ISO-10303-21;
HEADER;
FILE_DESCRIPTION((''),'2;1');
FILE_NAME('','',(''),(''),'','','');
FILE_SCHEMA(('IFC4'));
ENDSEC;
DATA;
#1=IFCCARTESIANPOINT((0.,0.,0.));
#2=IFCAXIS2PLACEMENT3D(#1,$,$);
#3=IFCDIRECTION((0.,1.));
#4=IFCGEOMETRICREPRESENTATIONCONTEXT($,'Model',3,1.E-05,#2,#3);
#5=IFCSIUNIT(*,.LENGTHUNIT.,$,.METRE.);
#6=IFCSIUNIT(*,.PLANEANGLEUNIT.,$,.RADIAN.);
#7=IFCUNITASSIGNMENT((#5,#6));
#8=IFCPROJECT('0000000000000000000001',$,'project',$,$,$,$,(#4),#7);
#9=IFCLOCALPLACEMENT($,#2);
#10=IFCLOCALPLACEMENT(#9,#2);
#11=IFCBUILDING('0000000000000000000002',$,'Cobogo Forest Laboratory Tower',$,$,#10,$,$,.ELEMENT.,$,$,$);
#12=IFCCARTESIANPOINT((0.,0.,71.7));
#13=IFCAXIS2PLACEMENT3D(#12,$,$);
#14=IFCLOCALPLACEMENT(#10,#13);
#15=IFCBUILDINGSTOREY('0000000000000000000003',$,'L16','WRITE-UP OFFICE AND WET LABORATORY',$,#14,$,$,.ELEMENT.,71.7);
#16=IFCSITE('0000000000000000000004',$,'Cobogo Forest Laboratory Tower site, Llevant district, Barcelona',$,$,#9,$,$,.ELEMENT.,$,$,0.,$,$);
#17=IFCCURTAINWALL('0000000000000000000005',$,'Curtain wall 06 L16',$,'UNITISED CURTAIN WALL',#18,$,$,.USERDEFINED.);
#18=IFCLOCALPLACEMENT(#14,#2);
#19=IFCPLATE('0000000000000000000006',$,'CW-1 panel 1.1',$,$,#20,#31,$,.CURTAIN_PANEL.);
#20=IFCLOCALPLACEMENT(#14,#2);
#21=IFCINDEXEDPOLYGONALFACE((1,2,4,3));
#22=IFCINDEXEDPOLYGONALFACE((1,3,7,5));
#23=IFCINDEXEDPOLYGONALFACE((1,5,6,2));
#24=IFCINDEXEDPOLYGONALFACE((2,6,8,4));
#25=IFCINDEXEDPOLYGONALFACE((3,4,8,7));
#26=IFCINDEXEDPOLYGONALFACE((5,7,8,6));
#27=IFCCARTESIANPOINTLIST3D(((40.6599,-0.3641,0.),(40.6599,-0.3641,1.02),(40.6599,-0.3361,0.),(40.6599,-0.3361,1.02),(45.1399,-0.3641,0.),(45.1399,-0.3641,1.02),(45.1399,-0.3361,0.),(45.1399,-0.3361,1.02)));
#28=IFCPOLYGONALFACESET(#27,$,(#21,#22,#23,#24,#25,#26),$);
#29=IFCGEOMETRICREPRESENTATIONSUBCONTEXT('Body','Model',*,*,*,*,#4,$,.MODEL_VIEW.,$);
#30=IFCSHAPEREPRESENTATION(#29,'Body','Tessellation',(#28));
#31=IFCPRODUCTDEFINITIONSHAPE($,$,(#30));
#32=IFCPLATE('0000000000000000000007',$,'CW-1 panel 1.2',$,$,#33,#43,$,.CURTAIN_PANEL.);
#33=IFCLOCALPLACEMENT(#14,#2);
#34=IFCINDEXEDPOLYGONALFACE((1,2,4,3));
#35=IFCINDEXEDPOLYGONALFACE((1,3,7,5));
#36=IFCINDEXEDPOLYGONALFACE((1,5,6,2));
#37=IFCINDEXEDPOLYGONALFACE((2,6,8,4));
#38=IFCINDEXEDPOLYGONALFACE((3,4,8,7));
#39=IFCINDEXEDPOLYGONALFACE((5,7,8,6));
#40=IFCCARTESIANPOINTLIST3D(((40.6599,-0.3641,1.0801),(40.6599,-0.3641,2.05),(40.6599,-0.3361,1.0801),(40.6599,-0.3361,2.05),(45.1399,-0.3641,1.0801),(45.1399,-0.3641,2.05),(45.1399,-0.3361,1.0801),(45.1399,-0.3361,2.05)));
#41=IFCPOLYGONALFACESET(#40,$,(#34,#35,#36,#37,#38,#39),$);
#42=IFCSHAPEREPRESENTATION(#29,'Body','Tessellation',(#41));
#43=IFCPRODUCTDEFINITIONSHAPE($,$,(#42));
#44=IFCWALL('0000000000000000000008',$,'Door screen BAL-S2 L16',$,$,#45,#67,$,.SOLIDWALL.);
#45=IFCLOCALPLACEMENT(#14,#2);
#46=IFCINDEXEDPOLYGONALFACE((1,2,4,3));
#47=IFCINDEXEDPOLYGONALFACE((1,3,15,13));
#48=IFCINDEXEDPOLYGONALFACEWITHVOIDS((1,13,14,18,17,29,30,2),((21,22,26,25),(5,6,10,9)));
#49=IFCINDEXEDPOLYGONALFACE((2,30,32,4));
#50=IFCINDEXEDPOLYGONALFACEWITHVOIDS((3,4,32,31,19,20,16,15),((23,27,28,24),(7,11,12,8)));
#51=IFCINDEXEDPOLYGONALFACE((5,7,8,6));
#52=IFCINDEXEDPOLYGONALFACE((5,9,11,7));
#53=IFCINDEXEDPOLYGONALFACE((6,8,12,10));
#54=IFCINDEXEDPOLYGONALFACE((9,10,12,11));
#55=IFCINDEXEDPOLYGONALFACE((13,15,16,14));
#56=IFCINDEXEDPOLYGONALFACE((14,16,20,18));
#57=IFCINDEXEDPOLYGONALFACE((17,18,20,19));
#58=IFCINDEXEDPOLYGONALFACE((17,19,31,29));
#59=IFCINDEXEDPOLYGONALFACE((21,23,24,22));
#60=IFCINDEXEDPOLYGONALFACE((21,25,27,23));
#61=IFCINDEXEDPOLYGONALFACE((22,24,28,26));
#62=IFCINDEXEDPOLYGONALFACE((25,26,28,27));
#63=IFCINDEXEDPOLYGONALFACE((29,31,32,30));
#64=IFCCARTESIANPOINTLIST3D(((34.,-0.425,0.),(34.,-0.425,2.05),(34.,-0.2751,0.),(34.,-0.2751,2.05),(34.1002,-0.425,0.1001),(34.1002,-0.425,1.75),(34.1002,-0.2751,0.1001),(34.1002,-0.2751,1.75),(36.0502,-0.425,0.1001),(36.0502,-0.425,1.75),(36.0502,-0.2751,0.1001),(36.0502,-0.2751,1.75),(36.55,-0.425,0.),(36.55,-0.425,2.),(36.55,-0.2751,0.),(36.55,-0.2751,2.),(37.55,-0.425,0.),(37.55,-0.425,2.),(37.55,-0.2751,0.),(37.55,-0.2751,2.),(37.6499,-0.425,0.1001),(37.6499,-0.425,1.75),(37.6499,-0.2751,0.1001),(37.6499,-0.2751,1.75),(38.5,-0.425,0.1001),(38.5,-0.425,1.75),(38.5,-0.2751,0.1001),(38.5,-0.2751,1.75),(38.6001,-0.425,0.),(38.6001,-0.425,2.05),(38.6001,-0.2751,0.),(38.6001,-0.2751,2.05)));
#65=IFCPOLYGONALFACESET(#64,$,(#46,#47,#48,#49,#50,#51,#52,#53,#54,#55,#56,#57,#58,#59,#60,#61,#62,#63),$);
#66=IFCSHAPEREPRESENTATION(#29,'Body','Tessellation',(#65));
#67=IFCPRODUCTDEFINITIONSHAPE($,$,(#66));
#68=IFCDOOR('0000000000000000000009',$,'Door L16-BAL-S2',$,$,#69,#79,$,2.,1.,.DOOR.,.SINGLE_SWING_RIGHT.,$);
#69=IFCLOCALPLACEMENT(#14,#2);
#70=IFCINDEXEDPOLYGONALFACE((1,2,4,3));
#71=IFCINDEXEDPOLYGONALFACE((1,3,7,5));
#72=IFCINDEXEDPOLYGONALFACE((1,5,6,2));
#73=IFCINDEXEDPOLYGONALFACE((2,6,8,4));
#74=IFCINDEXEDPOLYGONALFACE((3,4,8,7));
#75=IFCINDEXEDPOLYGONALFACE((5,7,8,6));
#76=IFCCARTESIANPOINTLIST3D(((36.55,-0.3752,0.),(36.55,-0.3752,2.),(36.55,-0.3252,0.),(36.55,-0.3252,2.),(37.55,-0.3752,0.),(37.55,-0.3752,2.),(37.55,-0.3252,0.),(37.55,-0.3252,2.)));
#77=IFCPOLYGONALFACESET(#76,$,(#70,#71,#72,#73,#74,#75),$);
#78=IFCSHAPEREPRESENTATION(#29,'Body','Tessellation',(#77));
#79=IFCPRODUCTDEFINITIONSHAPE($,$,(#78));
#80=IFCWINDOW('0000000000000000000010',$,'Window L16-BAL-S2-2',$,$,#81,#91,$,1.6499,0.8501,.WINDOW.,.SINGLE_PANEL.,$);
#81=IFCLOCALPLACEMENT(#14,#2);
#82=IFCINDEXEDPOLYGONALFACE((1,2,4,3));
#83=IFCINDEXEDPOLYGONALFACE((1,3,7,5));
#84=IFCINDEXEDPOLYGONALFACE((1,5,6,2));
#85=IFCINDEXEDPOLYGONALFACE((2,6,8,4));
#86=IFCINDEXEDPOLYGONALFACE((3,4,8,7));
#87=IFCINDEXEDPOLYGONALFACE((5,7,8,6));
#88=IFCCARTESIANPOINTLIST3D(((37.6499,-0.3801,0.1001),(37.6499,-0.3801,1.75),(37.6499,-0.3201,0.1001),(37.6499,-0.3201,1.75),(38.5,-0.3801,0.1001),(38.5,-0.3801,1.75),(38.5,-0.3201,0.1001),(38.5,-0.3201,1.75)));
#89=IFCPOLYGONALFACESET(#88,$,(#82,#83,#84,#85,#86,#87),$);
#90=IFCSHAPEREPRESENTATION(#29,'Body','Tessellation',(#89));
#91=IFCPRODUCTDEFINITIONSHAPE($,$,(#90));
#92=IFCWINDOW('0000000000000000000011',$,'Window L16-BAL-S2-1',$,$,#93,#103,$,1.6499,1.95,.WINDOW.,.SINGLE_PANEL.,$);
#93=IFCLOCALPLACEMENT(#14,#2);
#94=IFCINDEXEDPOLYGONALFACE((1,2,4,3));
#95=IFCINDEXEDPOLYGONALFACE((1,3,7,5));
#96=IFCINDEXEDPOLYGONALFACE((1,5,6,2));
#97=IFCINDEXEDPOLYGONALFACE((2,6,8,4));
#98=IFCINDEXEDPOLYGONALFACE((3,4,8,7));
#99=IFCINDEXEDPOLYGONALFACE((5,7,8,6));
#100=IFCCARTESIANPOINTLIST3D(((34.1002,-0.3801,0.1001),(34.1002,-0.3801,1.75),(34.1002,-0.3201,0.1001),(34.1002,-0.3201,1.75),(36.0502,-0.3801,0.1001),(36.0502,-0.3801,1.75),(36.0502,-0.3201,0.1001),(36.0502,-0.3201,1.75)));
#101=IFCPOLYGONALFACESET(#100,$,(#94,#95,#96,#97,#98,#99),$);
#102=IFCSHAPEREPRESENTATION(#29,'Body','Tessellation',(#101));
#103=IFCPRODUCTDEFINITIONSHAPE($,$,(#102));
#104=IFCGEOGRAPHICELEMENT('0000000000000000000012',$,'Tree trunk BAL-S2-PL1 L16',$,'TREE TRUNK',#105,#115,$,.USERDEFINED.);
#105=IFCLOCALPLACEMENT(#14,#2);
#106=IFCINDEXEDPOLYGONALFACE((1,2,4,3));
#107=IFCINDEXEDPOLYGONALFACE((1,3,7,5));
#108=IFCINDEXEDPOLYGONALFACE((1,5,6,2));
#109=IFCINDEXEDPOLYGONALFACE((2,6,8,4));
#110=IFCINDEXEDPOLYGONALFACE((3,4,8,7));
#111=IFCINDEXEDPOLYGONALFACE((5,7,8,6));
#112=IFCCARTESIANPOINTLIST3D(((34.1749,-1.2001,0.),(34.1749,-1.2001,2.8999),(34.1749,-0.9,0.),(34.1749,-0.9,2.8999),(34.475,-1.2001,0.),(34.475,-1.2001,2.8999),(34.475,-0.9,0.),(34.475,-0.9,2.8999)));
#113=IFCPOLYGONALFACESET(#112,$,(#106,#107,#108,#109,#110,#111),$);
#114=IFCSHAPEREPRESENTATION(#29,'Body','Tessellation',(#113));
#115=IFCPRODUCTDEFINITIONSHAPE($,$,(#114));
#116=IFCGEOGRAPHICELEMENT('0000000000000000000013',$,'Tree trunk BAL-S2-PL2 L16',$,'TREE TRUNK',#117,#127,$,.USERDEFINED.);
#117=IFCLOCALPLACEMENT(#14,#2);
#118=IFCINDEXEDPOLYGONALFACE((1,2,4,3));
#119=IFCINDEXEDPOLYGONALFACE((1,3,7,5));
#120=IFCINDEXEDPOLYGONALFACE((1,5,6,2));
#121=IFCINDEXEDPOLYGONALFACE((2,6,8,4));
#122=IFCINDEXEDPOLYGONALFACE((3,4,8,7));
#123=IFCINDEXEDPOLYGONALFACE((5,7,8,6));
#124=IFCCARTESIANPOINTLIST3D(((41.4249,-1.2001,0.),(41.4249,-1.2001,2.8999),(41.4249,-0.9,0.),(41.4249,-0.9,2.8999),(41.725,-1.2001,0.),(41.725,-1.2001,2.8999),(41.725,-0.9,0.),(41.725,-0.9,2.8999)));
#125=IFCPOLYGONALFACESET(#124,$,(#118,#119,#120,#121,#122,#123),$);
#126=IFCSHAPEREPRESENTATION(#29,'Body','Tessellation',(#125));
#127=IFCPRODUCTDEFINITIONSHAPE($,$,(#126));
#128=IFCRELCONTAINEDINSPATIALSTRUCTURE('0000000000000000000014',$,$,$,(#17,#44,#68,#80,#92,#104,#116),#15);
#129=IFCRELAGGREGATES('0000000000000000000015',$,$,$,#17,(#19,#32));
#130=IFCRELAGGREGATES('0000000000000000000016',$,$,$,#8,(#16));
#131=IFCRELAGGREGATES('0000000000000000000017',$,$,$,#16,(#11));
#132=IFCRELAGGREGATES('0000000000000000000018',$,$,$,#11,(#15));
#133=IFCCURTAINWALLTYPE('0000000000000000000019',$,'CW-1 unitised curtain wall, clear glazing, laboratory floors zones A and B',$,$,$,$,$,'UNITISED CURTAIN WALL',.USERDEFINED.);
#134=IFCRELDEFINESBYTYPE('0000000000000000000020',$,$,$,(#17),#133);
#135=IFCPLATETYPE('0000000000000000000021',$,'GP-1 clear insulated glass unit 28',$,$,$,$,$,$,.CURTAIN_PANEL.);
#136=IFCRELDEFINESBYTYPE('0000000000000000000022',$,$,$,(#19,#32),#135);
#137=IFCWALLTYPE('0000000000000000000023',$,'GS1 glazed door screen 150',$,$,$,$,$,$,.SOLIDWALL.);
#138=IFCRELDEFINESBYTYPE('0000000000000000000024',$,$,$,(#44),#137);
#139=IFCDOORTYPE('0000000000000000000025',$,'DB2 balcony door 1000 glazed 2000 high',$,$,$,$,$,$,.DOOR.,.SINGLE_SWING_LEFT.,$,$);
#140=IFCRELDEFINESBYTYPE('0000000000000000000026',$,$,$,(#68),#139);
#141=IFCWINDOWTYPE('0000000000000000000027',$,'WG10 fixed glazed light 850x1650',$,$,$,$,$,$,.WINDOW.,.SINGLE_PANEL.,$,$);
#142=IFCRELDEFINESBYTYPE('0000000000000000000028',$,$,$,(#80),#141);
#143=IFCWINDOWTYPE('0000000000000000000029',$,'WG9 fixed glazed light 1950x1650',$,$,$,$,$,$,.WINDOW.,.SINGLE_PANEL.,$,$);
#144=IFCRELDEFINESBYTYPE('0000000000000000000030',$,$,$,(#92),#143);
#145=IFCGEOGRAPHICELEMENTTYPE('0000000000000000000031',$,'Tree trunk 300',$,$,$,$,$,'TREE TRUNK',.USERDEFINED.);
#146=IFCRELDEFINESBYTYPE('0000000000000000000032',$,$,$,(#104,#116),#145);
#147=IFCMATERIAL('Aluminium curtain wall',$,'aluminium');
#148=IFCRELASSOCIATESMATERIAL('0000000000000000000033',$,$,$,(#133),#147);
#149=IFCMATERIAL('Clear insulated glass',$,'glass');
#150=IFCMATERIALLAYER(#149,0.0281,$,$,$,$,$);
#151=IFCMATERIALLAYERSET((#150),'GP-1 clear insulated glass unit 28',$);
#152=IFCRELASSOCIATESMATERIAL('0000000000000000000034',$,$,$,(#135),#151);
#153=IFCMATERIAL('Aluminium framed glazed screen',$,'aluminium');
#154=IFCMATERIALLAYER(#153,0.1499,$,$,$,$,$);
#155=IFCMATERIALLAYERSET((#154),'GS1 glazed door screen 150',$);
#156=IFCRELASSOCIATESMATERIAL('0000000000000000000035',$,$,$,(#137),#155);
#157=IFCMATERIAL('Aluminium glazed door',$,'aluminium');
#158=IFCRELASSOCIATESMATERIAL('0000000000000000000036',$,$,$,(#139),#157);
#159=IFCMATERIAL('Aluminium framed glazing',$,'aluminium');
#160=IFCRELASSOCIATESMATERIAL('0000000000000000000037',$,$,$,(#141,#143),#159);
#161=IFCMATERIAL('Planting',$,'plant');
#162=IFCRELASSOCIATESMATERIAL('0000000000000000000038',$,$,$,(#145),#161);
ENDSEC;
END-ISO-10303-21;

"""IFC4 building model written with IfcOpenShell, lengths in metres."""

from ifc_helpers import new_model, si_unit, direction, frame, frame_2d, origin, origin_2d, place, context, subcontext, project, spatial, rectangle, extrude, material, layer, layer_set, type_object, element, fill, aggregate, save


model = new_model("IFC4")

# Units and contexts
model_context = context("Model", 3, precision=1e-05, world=origin(), true_north=direction((0.0, 1.0)))
body_context = subcontext(model_context, "Body", "Model", "MODEL_VIEW")
ifc_project = project(units=[si_unit("LENGTHUNIT", "METRE"), si_unit("PLANEANGLEUNIT", "RADIAN")], contexts=[model_context])

# Site, building, storey
site_placement = place(None, origin())
site = spatial("IfcSite", under=ifc_project, at=site_placement, Name="Cobogo Forest Laboratory Tower site, Llevant district, Barcelona", CompositionType="ELEMENT", RefElevation=0.0)
building_placement = place(site_placement, origin())
building = spatial("IfcBuilding", under=site, at=building_placement, Name="Cobogo Forest Laboratory Tower", CompositionType="ELEMENT")
storey_placement = place(building_placement, frame((0.0, 0.0, 71.7)))
storey = spatial("IfcBuildingStorey", under=building, at=storey_placement, Name="L16", Description="WRITE-UP OFFICE AND WET LABORATORY", CompositionType="ELEMENT", Elevation=71.7)

# Curtain wall
ifc_material_1 = material(Name="Aluminium curtain wall", Category="aluminium")
curtain_wall_type = type_object("IfcCurtainWallType", Name="CW-1 unitised curtain wall, clear glazing, laboratory floors zones A and B", ElementType="UNITISED CURTAIN WALL", PredefinedType="USERDEFINED", material=ifc_material_1)
curtain_wall_1_placement = place(storey_placement, origin())
curtain_wall_1 = element("IfcCurtainWall", 1, at=curtain_wall_1_placement, inside=storey, type_object=curtain_wall_type, Name="Curtain wall 06 L16", ObjectType="UNITISED CURTAIN WALL", PredefinedType="USERDEFINED")

# Plates
ifc_material_2 = material(Name="Clear insulated glass", Category="glass")
ifc_layer_1 = layer(ifc_material_2, 0.0281)
ifc_layer_set_1 = layer_set([ifc_layer_1], Name="GP-1 clear insulated glass unit 28")
plate_type = type_object("IfcPlateType", Name="GP-1 clear insulated glass unit 28", PredefinedType="CURTAIN_PANEL", material=ifc_layer_set_1)
plate_1_placement = place(storey_placement, frame((42.8999, -0.3501, 0.0), z_axis=(0.0, 0.0, 1.0), x_axis=(1.0, 0.0, 0.0)))
plate_1 = element("IfcPlate", 2, at=plate_1_placement, type_object=plate_type, Name="CW-1 panel 1.1", PredefinedType="CURTAIN_PANEL", context=body_context, shape_type="SweptSolid", body=[
    extrude(rectangle(XDim=4.48, YDim=0.0281, at=origin_2d()), origin(), (0.0, 0.0, 1.0), 1.02),
])
plate_2_placement = place(storey_placement, frame((42.8999, -0.3501, 1.0801), z_axis=(0.0, 0.0, 1.0), x_axis=(1.0, 0.0, 0.0)))
plate_2 = element("IfcPlate", 3, at=plate_2_placement, type_object=plate_type, Name="CW-1 panel 1.2", PredefinedType="CURTAIN_PANEL", context=body_context, shape_type="SweptSolid", body=[
    extrude(rectangle(XDim=4.48, YDim=0.0281, at=origin_2d()), origin(), (0.0, 0.0, 1.0), 0.97),
])
aggregate(curtain_wall_1, [plate_1, plate_2])

# Wall, openings, door, windows
ifc_material_3 = material(Name="Aluminium framed glazed screen", Category="aluminium")
ifc_layer_2 = layer(ifc_material_3, 0.1499)
ifc_layer_set_2 = layer_set([ifc_layer_2], Name="GS1 glazed door screen 150")
wall_type = type_object("IfcWallType", Name="GS1 glazed door screen 150", PredefinedType="SOLIDWALL", material=ifc_layer_set_2)
wall_placement = place(storey_placement, frame((34.0, -0.3501, 0.0), z_axis=(0.0, 0.0, 1.0), x_axis=(1.0, 0.0, 0.0)))
wall = element("IfcWall", 4, at=wall_placement, inside=storey, type_object=wall_type, Name="Door screen BAL-S2 L16", PredefinedType="SOLIDWALL", context=body_context, shape_type="SweptSolid", body=[
    extrude(rectangle(XDim=4.6001, YDim=0.1499, at=frame_2d((2.3, 0.0))), origin(), (0.0, 0.0, 1.0), 2.05),
])
opening_1_placement = place(wall_placement, frame((2.55, 0.0, 0.0)))
opening_1 = element("IfcOpeningElement", 5, at=opening_1_placement, cuts=wall, PredefinedType="OPENING", context=body_context, shape_type="SweptSolid", body=[
    extrude(rectangle(XDim=1.0, YDim=2.0, at=frame_2d((0.5, 1.0))), frame((0.0, 0.085, 0.0), z_axis=(0.0, -1.0, 0.0), x_axis=(1.0, 0.0, 0.0)), (0.0, 0.0, 1.0), 0.1699),
])
opening_2_placement = place(wall_placement, frame((0.1001, 0.0, 0.1001)))
opening_2 = element("IfcOpeningElement", 6, at=opening_2_placement, cuts=wall, PredefinedType="OPENING", context=body_context, shape_type="SweptSolid", body=[
    extrude(rectangle(XDim=1.95, YDim=1.6499, at=frame_2d((0.9751, 0.825))), frame((0.0, 0.085, 0.0), z_axis=(0.0, -1.0, 0.0), x_axis=(1.0, 0.0, 0.0)), (0.0, 0.0, 1.0), 0.1699),
])
opening_3_placement = place(wall_placement, frame((3.6499, 0.0, 0.1001)))
opening_3 = element("IfcOpeningElement", 7, at=opening_3_placement, cuts=wall, PredefinedType="OPENING", context=body_context, shape_type="SweptSolid", body=[
    extrude(rectangle(XDim=0.8501, YDim=1.6499, at=frame_2d((0.425, 0.825))), frame((0.0, 0.085, 0.0), z_axis=(0.0, -1.0, 0.0), x_axis=(1.0, 0.0, 0.0)), (0.0, 0.0, 1.0), 0.1699),
])
ifc_material_4 = material(Name="Aluminium glazed door", Category="aluminium")
door_type = type_object("IfcDoorType", Name="DB2 balcony door 1000 glazed 2000 high", OperationType="SINGLE_SWING_LEFT", PredefinedType="DOOR", material=ifc_material_4)
door_placement = place(opening_1_placement, origin())
door = element("IfcDoor", 8, at=door_placement, inside=storey, type_object=door_type, Name="Door L16-BAL-S2", OperationType="SINGLE_SWING_RIGHT", OverallHeight=2.0, OverallWidth=1.0, PredefinedType="DOOR", context=body_context, shape_type="SweptSolid", body=[
    extrude(rectangle(XDim=1.0, YDim=2.0, at=frame_2d((0.5, 1.0))), frame((0.0, 0.0249, 0.0), z_axis=(0.0, -1.0, 0.0), x_axis=(1.0, 0.0, 0.0)), (0.0, 0.0, 1.0), 0.05),
])
fill(opening_1, door)
ifc_material_5 = material(Name="Aluminium framed glazing", Category="aluminium")
window_type_1 = type_object("IfcWindowType", Name="WG10 fixed glazed light 850x1650", PartitioningType="SINGLE_PANEL", PredefinedType="WINDOW", material=ifc_material_5)
window_1_placement = place(opening_3_placement, origin())
window_1 = element("IfcWindow", 9, at=window_1_placement, inside=storey, type_object=window_type_1, Name="Window L16-BAL-S2-2", OverallHeight=1.6499, OverallWidth=0.8501, PartitioningType="SINGLE_PANEL", PredefinedType="WINDOW", context=body_context, shape_type="SweptSolid", body=[
    extrude(rectangle(XDim=0.8501, YDim=1.6499, at=frame_2d((0.425, 0.825))), frame((0.0, 0.03, 0.0), z_axis=(0.0, -1.0, 0.0), x_axis=(1.0, 0.0, 0.0)), (0.0, 0.0, 1.0), 0.0601),
])
fill(opening_3, window_1)
window_type_2 = type_object("IfcWindowType", Name="WG9 fixed glazed light 1950x1650", PartitioningType="SINGLE_PANEL", PredefinedType="WINDOW", material=ifc_material_5)
window_2_placement = place(opening_2_placement, origin())
window_2 = element("IfcWindow", 10, at=window_2_placement, inside=storey, type_object=window_type_2, Name="Window L16-BAL-S2-1", OverallHeight=1.6499, OverallWidth=1.95, PartitioningType="SINGLE_PANEL", PredefinedType="WINDOW", context=body_context, shape_type="SweptSolid", body=[
    extrude(rectangle(XDim=1.95, YDim=1.6499, at=frame_2d((0.9751, 0.825))), frame((0.0, 0.03, 0.0), z_axis=(0.0, -1.0, 0.0), x_axis=(1.0, 0.0, 0.0)), (0.0, 0.0, 1.0), 0.0601),
])
fill(opening_2, window_2)

# Geographic elements
ifc_material_6 = material(Name="Planting", Category="plant")
geographic_element_type = type_object("IfcGeographicElementType", Name="Tree trunk 300", ElementType="TREE TRUNK", PredefinedType="USERDEFINED", material=ifc_material_6)
for number, where, z_axis, x_axis, name in (
    (11, (34.325, -1.05, 0.0), (0.0, 0.0, 1.0), (1.0, 0.0, 0.0), "Tree trunk BAL-S2-PL1 L16"),
    (12, (41.575, -1.05, 0.0), (0.0, 0.0, 1.0), (1.0, 0.0, 0.0), "Tree trunk BAL-S2-PL2 L16"),
):
    element("IfcGeographicElement", number, at=place(storey_placement, frame(where, z_axis=z_axis, x_axis=x_axis)), inside=storey, type_object=geographic_element_type, Name=name, ObjectType="TREE TRUNK", PredefinedType="USERDEFINED", context=body_context, shape_type="SweptSolid", body=[
        extrude(rectangle(XDim=0.3, YDim=0.3, at=origin_2d()), origin(), (0.0, 0.0, 1.0), 2.8999),
    ])

save(model, "model.ifc")
